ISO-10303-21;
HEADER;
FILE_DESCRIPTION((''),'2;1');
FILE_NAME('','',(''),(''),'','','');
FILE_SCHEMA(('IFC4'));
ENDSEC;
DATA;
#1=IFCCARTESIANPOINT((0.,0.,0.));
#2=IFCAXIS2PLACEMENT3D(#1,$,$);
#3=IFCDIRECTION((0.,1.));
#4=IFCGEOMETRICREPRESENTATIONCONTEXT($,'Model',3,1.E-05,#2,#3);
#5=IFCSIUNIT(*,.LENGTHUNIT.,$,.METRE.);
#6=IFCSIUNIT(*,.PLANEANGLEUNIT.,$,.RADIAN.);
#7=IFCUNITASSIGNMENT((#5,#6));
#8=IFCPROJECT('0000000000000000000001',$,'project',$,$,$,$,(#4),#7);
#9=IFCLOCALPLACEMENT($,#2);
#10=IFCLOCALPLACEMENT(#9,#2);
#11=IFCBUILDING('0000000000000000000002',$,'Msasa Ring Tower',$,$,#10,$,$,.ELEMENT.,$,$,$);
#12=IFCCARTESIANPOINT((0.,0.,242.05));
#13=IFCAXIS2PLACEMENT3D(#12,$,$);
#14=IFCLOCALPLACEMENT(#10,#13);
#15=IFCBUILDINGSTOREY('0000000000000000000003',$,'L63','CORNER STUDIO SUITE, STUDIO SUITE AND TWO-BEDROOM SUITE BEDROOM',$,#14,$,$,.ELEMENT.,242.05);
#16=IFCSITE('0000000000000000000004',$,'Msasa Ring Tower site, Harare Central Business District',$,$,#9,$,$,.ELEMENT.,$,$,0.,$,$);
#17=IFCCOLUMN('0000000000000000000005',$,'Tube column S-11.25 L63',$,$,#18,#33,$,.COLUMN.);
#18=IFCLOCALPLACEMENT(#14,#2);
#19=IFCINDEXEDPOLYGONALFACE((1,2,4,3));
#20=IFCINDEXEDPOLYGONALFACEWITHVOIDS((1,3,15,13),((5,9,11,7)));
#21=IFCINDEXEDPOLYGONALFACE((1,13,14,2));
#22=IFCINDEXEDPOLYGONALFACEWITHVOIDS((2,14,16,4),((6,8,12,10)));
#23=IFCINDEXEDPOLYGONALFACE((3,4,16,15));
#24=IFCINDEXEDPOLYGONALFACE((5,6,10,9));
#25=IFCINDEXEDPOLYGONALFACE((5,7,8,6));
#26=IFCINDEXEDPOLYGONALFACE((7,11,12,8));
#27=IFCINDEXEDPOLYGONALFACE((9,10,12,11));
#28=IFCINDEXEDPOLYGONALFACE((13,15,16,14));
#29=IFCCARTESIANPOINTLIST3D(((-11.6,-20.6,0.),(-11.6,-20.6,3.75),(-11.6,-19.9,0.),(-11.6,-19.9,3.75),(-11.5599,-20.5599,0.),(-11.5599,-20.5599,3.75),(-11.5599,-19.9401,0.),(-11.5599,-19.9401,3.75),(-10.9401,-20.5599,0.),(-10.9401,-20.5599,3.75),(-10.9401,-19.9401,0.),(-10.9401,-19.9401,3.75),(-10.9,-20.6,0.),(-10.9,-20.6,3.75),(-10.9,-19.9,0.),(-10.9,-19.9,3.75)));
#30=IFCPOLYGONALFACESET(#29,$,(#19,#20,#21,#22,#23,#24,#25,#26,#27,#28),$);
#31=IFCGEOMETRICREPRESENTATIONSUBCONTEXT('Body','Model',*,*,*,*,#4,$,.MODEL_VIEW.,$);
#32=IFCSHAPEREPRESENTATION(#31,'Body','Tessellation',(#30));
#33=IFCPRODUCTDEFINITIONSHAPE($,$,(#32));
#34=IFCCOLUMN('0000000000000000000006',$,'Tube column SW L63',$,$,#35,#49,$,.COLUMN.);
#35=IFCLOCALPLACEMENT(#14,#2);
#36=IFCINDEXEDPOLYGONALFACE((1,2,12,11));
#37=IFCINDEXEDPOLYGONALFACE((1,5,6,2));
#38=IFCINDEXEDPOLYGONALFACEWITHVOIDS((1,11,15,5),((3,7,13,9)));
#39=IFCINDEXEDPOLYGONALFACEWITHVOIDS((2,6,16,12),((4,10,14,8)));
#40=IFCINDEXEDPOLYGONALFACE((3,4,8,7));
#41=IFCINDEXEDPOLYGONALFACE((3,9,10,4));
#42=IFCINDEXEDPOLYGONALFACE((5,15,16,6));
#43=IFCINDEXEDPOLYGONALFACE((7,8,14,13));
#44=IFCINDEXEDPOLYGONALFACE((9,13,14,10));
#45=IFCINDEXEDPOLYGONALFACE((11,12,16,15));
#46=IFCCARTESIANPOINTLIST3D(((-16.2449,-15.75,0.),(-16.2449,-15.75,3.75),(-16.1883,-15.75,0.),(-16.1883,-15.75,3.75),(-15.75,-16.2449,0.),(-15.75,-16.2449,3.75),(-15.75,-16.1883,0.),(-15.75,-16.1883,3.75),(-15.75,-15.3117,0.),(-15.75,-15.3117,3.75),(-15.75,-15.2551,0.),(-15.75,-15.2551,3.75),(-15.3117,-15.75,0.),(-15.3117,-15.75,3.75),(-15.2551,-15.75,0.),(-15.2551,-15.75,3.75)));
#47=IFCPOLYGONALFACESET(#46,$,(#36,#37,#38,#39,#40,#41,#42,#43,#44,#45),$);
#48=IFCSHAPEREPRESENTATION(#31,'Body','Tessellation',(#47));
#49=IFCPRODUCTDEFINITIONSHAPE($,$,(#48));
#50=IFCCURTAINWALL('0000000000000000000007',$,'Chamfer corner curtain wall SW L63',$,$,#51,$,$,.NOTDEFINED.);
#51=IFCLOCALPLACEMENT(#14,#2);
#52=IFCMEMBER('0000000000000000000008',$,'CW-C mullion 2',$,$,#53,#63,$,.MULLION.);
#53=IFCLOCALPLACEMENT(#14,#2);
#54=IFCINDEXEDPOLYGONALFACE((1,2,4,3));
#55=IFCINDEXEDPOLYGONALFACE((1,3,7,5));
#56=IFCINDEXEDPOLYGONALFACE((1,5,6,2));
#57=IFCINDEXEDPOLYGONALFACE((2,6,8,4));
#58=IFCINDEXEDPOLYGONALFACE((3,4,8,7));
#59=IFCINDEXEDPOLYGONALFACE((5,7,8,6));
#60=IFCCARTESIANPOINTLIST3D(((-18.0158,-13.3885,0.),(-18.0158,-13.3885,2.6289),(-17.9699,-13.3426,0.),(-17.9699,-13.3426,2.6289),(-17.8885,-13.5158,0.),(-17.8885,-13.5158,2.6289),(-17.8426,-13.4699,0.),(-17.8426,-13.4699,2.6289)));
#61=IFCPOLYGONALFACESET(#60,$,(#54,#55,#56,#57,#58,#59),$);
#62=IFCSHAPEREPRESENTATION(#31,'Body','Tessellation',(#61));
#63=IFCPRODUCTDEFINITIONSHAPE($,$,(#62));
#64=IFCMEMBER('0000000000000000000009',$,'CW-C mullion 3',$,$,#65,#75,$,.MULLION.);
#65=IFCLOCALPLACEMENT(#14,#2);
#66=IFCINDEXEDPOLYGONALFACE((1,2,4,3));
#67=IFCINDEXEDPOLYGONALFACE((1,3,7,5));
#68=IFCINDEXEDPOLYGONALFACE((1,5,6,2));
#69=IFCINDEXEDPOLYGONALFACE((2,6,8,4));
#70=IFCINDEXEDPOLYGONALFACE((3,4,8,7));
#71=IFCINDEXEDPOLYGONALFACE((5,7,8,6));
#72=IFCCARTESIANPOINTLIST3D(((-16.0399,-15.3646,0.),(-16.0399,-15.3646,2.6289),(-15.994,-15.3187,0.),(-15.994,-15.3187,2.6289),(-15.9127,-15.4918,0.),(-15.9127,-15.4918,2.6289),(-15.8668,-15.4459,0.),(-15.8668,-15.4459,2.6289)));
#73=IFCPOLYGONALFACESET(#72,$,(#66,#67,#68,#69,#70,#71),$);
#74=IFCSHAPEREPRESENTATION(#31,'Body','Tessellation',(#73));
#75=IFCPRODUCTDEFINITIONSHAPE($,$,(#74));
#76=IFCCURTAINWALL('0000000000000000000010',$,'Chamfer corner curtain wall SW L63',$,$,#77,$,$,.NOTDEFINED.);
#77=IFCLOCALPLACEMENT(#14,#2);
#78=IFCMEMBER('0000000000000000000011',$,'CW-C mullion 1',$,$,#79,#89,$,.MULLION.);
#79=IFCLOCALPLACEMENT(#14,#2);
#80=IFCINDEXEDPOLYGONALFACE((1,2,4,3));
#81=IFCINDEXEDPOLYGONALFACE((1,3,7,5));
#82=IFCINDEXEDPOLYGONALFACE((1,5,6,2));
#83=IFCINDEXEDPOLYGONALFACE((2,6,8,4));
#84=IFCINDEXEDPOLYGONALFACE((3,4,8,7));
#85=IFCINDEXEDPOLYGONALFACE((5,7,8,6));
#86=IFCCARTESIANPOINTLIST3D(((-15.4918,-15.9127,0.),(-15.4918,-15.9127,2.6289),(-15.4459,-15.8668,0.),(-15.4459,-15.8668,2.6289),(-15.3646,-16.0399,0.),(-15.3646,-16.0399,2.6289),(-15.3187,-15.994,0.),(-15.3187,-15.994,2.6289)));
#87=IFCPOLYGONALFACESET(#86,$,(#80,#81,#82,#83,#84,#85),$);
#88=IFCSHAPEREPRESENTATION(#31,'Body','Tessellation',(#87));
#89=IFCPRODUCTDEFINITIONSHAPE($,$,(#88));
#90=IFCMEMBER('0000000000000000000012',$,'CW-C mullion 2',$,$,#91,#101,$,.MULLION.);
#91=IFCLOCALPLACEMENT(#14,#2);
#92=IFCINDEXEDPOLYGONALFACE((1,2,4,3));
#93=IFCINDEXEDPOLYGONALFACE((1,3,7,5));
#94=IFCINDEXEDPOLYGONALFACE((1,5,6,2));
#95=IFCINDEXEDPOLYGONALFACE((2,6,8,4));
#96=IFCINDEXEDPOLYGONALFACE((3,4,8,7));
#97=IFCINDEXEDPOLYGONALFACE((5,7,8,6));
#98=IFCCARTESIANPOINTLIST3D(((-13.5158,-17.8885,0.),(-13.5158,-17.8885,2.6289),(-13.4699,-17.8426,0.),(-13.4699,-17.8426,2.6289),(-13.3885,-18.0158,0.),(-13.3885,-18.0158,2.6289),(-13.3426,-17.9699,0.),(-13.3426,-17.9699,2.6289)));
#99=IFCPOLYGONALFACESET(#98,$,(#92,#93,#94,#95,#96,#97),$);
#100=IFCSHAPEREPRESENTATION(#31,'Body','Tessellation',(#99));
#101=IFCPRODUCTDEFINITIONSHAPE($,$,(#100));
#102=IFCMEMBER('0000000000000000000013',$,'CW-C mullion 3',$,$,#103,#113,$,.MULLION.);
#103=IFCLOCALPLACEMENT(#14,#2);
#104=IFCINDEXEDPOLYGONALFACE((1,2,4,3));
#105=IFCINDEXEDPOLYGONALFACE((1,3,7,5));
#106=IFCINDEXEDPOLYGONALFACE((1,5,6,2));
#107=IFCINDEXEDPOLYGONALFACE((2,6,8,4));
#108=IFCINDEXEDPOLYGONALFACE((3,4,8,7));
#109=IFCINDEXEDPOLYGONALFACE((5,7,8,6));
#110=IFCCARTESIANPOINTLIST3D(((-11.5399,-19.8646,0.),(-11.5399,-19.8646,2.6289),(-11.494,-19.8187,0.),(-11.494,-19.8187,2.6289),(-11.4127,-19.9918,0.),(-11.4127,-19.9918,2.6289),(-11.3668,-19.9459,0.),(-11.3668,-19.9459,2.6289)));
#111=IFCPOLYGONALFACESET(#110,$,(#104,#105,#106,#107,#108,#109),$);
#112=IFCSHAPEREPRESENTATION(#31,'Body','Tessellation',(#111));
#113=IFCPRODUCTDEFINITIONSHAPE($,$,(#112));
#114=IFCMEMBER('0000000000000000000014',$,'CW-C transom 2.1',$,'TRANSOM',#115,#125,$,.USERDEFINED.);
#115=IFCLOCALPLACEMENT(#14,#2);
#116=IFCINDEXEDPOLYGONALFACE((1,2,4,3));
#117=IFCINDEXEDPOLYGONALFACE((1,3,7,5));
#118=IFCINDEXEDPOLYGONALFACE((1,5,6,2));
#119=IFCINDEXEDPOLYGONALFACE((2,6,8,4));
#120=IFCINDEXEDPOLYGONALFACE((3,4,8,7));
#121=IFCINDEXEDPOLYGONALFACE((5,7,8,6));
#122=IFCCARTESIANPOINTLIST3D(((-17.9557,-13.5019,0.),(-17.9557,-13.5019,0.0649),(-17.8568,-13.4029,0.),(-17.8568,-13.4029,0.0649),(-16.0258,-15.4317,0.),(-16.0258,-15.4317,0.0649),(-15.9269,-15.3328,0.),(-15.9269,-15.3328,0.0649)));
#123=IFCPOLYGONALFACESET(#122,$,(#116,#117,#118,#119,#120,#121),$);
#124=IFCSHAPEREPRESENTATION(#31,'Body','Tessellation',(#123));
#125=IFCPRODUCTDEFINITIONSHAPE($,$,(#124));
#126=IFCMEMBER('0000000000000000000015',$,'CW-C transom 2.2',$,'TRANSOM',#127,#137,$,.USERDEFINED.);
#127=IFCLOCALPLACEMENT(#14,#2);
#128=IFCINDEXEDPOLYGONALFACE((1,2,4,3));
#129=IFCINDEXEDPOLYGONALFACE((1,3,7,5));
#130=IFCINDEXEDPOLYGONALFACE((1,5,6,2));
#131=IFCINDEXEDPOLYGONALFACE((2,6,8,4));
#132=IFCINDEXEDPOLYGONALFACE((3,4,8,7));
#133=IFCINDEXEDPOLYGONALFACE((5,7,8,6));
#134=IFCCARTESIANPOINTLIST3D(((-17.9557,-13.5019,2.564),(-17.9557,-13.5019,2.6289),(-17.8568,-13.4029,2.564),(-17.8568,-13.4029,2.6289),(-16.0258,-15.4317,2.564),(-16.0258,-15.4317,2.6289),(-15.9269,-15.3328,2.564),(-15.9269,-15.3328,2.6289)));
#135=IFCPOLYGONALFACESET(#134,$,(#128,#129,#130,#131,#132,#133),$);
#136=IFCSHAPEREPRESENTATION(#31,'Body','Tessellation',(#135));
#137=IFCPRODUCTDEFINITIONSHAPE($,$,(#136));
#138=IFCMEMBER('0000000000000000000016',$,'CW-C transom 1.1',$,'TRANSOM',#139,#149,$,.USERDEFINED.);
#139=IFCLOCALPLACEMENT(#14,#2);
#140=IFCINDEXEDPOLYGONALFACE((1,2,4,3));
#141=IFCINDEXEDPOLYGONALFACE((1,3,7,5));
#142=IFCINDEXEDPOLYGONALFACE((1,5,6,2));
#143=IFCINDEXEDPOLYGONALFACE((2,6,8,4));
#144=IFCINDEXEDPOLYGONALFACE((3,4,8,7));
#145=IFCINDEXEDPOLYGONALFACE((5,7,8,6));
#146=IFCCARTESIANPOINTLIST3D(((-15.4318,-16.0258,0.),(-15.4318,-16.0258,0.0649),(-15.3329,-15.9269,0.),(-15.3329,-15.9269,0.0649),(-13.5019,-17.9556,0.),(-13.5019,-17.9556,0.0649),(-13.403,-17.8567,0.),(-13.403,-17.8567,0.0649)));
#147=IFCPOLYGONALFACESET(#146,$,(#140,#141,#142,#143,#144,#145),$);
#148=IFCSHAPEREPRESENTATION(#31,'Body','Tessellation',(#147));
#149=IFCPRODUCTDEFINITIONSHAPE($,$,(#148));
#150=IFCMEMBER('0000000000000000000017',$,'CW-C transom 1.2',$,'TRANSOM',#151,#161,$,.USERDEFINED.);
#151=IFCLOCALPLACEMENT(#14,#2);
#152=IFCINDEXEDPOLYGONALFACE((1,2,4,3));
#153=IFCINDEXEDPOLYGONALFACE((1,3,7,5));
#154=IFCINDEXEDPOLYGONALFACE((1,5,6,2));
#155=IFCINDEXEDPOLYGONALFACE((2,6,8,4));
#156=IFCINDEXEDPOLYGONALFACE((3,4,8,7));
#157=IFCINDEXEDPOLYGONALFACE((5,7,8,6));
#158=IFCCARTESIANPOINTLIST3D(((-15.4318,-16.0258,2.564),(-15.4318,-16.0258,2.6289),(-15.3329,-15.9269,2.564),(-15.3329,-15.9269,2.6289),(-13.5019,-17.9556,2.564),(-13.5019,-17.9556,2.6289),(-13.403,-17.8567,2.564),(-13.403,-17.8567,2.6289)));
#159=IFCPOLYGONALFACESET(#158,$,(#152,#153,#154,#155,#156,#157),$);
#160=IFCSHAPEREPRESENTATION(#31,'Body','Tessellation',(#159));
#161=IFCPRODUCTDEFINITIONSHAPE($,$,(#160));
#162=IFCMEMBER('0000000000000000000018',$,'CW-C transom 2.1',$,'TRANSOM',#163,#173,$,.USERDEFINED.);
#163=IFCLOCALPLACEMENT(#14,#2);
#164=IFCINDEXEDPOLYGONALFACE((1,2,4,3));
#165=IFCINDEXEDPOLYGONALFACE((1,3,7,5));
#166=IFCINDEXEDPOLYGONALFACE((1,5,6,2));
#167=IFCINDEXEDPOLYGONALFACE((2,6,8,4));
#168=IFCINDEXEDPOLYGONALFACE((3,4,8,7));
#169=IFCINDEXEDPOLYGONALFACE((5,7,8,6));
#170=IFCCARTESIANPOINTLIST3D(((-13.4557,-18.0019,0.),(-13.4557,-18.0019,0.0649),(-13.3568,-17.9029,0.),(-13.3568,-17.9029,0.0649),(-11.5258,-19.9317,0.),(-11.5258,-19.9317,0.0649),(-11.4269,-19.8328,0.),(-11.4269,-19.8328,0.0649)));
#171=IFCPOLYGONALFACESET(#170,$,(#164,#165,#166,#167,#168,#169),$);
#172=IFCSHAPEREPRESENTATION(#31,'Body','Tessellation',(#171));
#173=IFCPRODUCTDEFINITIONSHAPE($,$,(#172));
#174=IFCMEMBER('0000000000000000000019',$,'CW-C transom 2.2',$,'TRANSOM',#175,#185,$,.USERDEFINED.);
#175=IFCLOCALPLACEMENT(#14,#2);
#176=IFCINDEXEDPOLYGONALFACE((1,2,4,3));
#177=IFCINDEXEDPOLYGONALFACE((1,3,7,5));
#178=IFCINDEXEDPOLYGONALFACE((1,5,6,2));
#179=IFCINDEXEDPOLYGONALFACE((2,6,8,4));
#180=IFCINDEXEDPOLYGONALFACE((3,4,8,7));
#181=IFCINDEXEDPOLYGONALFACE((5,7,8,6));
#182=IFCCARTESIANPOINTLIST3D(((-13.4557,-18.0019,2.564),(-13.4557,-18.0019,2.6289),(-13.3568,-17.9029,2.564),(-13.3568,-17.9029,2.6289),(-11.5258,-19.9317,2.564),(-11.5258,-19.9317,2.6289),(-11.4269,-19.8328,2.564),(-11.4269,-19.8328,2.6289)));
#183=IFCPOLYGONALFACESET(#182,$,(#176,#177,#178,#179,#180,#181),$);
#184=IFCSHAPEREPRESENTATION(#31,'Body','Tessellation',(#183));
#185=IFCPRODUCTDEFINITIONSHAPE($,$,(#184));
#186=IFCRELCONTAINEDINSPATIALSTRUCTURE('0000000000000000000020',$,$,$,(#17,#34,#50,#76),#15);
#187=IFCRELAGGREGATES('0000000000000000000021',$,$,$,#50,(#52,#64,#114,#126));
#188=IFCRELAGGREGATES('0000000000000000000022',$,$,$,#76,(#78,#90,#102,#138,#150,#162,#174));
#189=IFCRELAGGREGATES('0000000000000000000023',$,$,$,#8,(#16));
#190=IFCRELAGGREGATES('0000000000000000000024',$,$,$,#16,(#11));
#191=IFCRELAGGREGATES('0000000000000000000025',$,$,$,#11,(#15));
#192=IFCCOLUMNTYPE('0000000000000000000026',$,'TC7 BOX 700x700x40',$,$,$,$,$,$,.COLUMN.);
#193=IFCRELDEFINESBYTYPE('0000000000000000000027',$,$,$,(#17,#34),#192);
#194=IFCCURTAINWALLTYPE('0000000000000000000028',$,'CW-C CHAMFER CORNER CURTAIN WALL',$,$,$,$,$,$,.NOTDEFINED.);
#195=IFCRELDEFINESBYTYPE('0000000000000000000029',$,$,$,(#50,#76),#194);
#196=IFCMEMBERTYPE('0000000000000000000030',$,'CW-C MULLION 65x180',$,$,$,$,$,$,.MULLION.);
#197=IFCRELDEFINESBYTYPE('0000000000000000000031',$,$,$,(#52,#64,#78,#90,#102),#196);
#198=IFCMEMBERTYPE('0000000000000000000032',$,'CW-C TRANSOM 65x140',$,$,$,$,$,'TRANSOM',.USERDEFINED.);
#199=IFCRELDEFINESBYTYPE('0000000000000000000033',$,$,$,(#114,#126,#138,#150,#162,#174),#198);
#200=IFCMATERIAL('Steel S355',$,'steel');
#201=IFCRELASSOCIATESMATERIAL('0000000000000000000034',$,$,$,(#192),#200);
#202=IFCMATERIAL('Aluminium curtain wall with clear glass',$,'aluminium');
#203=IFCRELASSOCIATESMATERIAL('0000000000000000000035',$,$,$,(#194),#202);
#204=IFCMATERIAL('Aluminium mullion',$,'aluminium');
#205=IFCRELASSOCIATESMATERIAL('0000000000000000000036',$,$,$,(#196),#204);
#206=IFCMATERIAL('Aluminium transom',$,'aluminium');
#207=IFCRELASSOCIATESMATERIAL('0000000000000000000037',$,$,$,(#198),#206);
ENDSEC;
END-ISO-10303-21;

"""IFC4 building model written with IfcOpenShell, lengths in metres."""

from ifc_helpers import new_model, si_unit, direction, frame, origin, origin_2d, place, context, subcontext, project, spatial, rectangle, hollow_rectangle, extrude, material, material_profile, profile_set, type_object, element, aggregate, save


model = new_model("IFC4")

# Units and contexts
model_context = context("Model", 3, precision=1e-05, world=origin(), true_north=direction((0.0, 1.0)))
body_context = subcontext(model_context, "Body", "Model", "MODEL_VIEW")
ifc_project = project(units=[si_unit("LENGTHUNIT", "METRE"), si_unit("PLANEANGLEUNIT", "RADIAN")], contexts=[model_context])

# Site, building, storey
site_placement = place(None, origin())
site = spatial("IfcSite", under=ifc_project, at=site_placement, Name="Msasa Ring Tower site, Harare Central Business District", CompositionType="ELEMENT", RefElevation=0.0)
building_placement = place(site_placement, origin())
building = spatial("IfcBuilding", under=site, at=building_placement, Name="Msasa Ring Tower", CompositionType="ELEMENT")
storey_placement = place(building_placement, frame((0.0, 0.0, 242.05)))
storey = spatial("IfcBuildingStorey", under=building, at=storey_placement, Name="L63", Description="CORNER STUDIO SUITE, STUDIO SUITE AND TWO-BEDROOM SUITE BEDROOM", CompositionType="ELEMENT", Elevation=242.05)

# Columns
ifc_material_1 = material(Name="Steel S355", Category="steel")
ifc_material_profile_1 = material_profile(ifc_material_1, hollow_rectangle(XDim=0.7, YDim=0.7, WallThickness=0.04, at=origin_2d()), Name="BOX 700x700x40")
ifc_profile_set_1 = profile_set([ifc_material_profile_1], Name="Steel S355")
column_type = type_object("IfcColumnType", Name="TC7 BOX 700x700x40", PredefinedType="COLUMN", material=ifc_profile_set_1)
for number, where, z_axis, x_axis, name in (
    (1, (-11.25, -20.25, 0.0), (0.0, 0.0, 1.0), (0.0, 1.0, 0.0), "Tube column S-11.25 L63"),
    (2, (-15.75, -15.75, 0.0), (0.0, 0.0, 1.0), (0.707107, 0.707107, 0.0), "Tube column SW L63"),
):
    element("IfcColumn", number, at=place(storey_placement, frame(where, z_axis=z_axis, x_axis=x_axis)), inside=storey, type_object=column_type, Name=name, PredefinedType="COLUMN", context=body_context, shape_type="SweptSolid", body=[
        extrude(hollow_rectangle(XDim=0.7, YDim=0.7, WallThickness=0.04, at=origin_2d()), origin(), (0.0, 0.0, 1.0), 3.75),
    ])

# Curtain walls, members
ifc_material_2 = material(Name="Aluminium curtain wall with clear glass", Category="aluminium")
curtain_wall_type = type_object("IfcCurtainWallType", Name="CW-C CHAMFER CORNER CURTAIN WALL", PredefinedType="NOTDEFINED", material=ifc_material_2)
curtain_wall_1_placement = place(storey_placement, origin())
curtain_wall_1 = element("IfcCurtainWall", 3, at=curtain_wall_1_placement, inside=storey, type_object=curtain_wall_type, Name="Chamfer corner curtain wall SW L63", PredefinedType="NOTDEFINED")
ifc_material_3 = material(Name="Aluminium mullion", Category="aluminium")
ifc_material_profile_2 = material_profile(ifc_material_3, rectangle(XDim=0.0649, YDim=0.1799, at=origin_2d()), Name="AL 65x180")
ifc_profile_set_2 = profile_set([ifc_material_profile_2], Name="Aluminium mullion")
member_type_1 = type_object("IfcMemberType", Name="CW-C MULLION 65x180", PredefinedType="MULLION", material=ifc_profile_set_2)
member_1_placement = place(storey_placement, frame((-17.9292, -13.4292, 0.0), z_axis=(0.0, 0.0, 1.0), x_axis=(0.707107, 0.707107, 0.0)))
member_1 = element("IfcMember", 4, at=member_1_placement, type_object=member_type_1, Name="CW-C mullion 2", PredefinedType="MULLION", context=body_context, shape_type="SweptSolid", body=[
    extrude(rectangle(XDim=0.0649, YDim=0.1799, at=origin_2d()), origin(), (0.0, 0.0, 1.0), 2.6289),
])
member_2_placement = place(storey_placement, frame((-15.9534, -15.4053, 0.0), z_axis=(0.0, 0.0, 1.0), x_axis=(0.707107, 0.707107, 0.0)))
member_2 = element("IfcMember", 5, at=member_2_placement, type_object=member_type_1, Name="CW-C mullion 3", PredefinedType="MULLION", context=body_context, shape_type="SweptSolid", body=[
    extrude(rectangle(XDim=0.0649, YDim=0.1799, at=origin_2d()), origin(), (0.0, 0.0, 1.0), 2.6289),
])
curtain_wall_2_placement = place(storey_placement, origin())
curtain_wall_2 = element("IfcCurtainWall", 6, at=curtain_wall_2_placement, inside=storey, type_object=curtain_wall_type, Name="Chamfer corner curtain wall SW L63", PredefinedType="NOTDEFINED")
member_3_placement = place(storey_placement, frame((-15.4053, -15.9534, 0.0), z_axis=(0.0, 0.0, 1.0), x_axis=(0.707107, 0.707107, 0.0)))
member_3 = element("IfcMember", 7, at=member_3_placement, type_object=member_type_1, Name="CW-C mullion 1", PredefinedType="MULLION", context=body_context, shape_type="SweptSolid", body=[
    extrude(rectangle(XDim=0.0649, YDim=0.1799, at=origin_2d()), origin(), (0.0, 0.0, 1.0), 2.6289),
])
member_4_placement = place(storey_placement, frame((-13.4292, -17.9292, 0.0), z_axis=(0.0, 0.0, 1.0), x_axis=(0.707107, 0.707107, 0.0)))
member_4 = element("IfcMember", 8, at=member_4_placement, type_object=member_type_1, Name="CW-C mullion 2", PredefinedType="MULLION", context=body_context, shape_type="SweptSolid", body=[
    extrude(rectangle(XDim=0.0649, YDim=0.1799, at=origin_2d()), origin(), (0.0, 0.0, 1.0), 2.6289),
])
member_5_placement = place(storey_placement, frame((-11.4534, -19.9053, 0.0), z_axis=(0.0, 0.0, 1.0), x_axis=(0.707107, 0.707107, 0.0)))
member_5 = element("IfcMember", 9, at=member_5_placement, type_object=member_type_1, Name="CW-C mullion 3", PredefinedType="MULLION", context=body_context, shape_type="SweptSolid", body=[
    extrude(rectangle(XDim=0.0649, YDim=0.1799, at=origin_2d()), origin(), (0.0, 0.0, 1.0), 2.6289),
])

# Members
ifc_material_4 = material(Name="Aluminium transom", Category="aluminium")
ifc_material_profile_3 = material_profile(ifc_material_4, rectangle(XDim=0.1399, YDim=0.0649, at=origin_2d()), Name="AL 65x140")
ifc_profile_set_3 = profile_set([ifc_material_profile_3], Name="Aluminium transom")
member_type_2 = type_object("IfcMemberType", Name="CW-C TRANSOM 65x140", ElementType="TRANSOM", PredefinedType="USERDEFINED", material=ifc_profile_set_3)
member_6_placement = place(storey_placement, frame((-17.9062, -13.4524, 0.0325), z_axis=(0.707107, -0.707107, 0.0), x_axis=(0.707107, 0.707107, 0.0)))
member_6 = element("IfcMember", 10, at=member_6_placement, type_object=member_type_2, Name="CW-C transom 2.1", ObjectType="TRANSOM", PredefinedType="USERDEFINED", context=body_context, shape_type="SweptSolid", body=[
    extrude(rectangle(XDim=0.1399, YDim=0.0649, at=origin_2d()), origin(), (0.0, 0.0, 1.0), 2.7292),
])
member_7_placement = place(storey_placement, frame((-17.9062, -13.4524, 2.5964), z_axis=(0.707107, -0.707107, 0.0), x_axis=(0.707107, 0.707107, 0.0)))
member_7 = element("IfcMember", 11, at=member_7_placement, type_object=member_type_2, Name="CW-C transom 2.2", ObjectType="TRANSOM", PredefinedType="USERDEFINED", context=body_context, shape_type="SweptSolid", body=[
    extrude(rectangle(XDim=0.1399, YDim=0.0649, at=origin_2d()), origin(), (0.0, 0.0, 1.0), 2.7292),
])
member_8_placement = place(storey_placement, frame((-15.3823, -15.9763, 0.0325), z_axis=(0.707107, -0.707107, 0.0), x_axis=(0.707107, 0.707107, 0.0)))
member_8 = element("IfcMember", 12, at=member_8_placement, type_object=member_type_2, Name="CW-C transom 1.1", ObjectType="TRANSOM", PredefinedType="USERDEFINED", context=body_context, shape_type="SweptSolid", body=[
    extrude(rectangle(XDim=0.1399, YDim=0.0649, at=origin_2d()), origin(), (0.0, 0.0, 1.0), 2.7292),
])
member_9_placement = place(storey_placement, frame((-15.3823, -15.9763, 2.5964), z_axis=(0.707107, -0.707107, 0.0), x_axis=(0.707107, 0.707107, 0.0)))
member_9 = element("IfcMember", 13, at=member_9_placement, type_object=member_type_2, Name="CW-C transom 1.2", ObjectType="TRANSOM", PredefinedType="USERDEFINED", context=body_context, shape_type="SweptSolid", body=[
    extrude(rectangle(XDim=0.1399, YDim=0.0649, at=origin_2d()), origin(), (0.0, 0.0, 1.0), 2.7292),
])
member_10_placement = place(storey_placement, frame((-13.4062, -17.9524, 0.0325), z_axis=(0.707107, -0.707107, 0.0), x_axis=(0.707107, 0.707107, 0.0)))
member_10 = element("IfcMember", 14, at=member_10_placement, type_object=member_type_2, Name="CW-C transom 2.1", ObjectType="TRANSOM", PredefinedType="USERDEFINED", context=body_context, shape_type="SweptSolid", body=[
    extrude(rectangle(XDim=0.1399, YDim=0.0649, at=origin_2d()), origin(), (0.0, 0.0, 1.0), 2.7292),
])
member_11_placement = place(storey_placement, frame((-13.4062, -17.9524, 2.5964), z_axis=(0.707107, -0.707107, 0.0), x_axis=(0.707107, 0.707107, 0.0)))
member_11 = element("IfcMember", 15, at=member_11_placement, type_object=member_type_2, Name="CW-C transom 2.2", ObjectType="TRANSOM", PredefinedType="USERDEFINED", context=body_context, shape_type="SweptSolid", body=[
    extrude(rectangle(XDim=0.1399, YDim=0.0649, at=origin_2d()), origin(), (0.0, 0.0, 1.0), 2.7292),
])

aggregate(curtain_wall_1, [member_1, member_2, member_6, member_7])
aggregate(curtain_wall_2, [member_3, member_4, member_5, member_8, member_9, member_10, member_11])

save(model, "model.ifc")
